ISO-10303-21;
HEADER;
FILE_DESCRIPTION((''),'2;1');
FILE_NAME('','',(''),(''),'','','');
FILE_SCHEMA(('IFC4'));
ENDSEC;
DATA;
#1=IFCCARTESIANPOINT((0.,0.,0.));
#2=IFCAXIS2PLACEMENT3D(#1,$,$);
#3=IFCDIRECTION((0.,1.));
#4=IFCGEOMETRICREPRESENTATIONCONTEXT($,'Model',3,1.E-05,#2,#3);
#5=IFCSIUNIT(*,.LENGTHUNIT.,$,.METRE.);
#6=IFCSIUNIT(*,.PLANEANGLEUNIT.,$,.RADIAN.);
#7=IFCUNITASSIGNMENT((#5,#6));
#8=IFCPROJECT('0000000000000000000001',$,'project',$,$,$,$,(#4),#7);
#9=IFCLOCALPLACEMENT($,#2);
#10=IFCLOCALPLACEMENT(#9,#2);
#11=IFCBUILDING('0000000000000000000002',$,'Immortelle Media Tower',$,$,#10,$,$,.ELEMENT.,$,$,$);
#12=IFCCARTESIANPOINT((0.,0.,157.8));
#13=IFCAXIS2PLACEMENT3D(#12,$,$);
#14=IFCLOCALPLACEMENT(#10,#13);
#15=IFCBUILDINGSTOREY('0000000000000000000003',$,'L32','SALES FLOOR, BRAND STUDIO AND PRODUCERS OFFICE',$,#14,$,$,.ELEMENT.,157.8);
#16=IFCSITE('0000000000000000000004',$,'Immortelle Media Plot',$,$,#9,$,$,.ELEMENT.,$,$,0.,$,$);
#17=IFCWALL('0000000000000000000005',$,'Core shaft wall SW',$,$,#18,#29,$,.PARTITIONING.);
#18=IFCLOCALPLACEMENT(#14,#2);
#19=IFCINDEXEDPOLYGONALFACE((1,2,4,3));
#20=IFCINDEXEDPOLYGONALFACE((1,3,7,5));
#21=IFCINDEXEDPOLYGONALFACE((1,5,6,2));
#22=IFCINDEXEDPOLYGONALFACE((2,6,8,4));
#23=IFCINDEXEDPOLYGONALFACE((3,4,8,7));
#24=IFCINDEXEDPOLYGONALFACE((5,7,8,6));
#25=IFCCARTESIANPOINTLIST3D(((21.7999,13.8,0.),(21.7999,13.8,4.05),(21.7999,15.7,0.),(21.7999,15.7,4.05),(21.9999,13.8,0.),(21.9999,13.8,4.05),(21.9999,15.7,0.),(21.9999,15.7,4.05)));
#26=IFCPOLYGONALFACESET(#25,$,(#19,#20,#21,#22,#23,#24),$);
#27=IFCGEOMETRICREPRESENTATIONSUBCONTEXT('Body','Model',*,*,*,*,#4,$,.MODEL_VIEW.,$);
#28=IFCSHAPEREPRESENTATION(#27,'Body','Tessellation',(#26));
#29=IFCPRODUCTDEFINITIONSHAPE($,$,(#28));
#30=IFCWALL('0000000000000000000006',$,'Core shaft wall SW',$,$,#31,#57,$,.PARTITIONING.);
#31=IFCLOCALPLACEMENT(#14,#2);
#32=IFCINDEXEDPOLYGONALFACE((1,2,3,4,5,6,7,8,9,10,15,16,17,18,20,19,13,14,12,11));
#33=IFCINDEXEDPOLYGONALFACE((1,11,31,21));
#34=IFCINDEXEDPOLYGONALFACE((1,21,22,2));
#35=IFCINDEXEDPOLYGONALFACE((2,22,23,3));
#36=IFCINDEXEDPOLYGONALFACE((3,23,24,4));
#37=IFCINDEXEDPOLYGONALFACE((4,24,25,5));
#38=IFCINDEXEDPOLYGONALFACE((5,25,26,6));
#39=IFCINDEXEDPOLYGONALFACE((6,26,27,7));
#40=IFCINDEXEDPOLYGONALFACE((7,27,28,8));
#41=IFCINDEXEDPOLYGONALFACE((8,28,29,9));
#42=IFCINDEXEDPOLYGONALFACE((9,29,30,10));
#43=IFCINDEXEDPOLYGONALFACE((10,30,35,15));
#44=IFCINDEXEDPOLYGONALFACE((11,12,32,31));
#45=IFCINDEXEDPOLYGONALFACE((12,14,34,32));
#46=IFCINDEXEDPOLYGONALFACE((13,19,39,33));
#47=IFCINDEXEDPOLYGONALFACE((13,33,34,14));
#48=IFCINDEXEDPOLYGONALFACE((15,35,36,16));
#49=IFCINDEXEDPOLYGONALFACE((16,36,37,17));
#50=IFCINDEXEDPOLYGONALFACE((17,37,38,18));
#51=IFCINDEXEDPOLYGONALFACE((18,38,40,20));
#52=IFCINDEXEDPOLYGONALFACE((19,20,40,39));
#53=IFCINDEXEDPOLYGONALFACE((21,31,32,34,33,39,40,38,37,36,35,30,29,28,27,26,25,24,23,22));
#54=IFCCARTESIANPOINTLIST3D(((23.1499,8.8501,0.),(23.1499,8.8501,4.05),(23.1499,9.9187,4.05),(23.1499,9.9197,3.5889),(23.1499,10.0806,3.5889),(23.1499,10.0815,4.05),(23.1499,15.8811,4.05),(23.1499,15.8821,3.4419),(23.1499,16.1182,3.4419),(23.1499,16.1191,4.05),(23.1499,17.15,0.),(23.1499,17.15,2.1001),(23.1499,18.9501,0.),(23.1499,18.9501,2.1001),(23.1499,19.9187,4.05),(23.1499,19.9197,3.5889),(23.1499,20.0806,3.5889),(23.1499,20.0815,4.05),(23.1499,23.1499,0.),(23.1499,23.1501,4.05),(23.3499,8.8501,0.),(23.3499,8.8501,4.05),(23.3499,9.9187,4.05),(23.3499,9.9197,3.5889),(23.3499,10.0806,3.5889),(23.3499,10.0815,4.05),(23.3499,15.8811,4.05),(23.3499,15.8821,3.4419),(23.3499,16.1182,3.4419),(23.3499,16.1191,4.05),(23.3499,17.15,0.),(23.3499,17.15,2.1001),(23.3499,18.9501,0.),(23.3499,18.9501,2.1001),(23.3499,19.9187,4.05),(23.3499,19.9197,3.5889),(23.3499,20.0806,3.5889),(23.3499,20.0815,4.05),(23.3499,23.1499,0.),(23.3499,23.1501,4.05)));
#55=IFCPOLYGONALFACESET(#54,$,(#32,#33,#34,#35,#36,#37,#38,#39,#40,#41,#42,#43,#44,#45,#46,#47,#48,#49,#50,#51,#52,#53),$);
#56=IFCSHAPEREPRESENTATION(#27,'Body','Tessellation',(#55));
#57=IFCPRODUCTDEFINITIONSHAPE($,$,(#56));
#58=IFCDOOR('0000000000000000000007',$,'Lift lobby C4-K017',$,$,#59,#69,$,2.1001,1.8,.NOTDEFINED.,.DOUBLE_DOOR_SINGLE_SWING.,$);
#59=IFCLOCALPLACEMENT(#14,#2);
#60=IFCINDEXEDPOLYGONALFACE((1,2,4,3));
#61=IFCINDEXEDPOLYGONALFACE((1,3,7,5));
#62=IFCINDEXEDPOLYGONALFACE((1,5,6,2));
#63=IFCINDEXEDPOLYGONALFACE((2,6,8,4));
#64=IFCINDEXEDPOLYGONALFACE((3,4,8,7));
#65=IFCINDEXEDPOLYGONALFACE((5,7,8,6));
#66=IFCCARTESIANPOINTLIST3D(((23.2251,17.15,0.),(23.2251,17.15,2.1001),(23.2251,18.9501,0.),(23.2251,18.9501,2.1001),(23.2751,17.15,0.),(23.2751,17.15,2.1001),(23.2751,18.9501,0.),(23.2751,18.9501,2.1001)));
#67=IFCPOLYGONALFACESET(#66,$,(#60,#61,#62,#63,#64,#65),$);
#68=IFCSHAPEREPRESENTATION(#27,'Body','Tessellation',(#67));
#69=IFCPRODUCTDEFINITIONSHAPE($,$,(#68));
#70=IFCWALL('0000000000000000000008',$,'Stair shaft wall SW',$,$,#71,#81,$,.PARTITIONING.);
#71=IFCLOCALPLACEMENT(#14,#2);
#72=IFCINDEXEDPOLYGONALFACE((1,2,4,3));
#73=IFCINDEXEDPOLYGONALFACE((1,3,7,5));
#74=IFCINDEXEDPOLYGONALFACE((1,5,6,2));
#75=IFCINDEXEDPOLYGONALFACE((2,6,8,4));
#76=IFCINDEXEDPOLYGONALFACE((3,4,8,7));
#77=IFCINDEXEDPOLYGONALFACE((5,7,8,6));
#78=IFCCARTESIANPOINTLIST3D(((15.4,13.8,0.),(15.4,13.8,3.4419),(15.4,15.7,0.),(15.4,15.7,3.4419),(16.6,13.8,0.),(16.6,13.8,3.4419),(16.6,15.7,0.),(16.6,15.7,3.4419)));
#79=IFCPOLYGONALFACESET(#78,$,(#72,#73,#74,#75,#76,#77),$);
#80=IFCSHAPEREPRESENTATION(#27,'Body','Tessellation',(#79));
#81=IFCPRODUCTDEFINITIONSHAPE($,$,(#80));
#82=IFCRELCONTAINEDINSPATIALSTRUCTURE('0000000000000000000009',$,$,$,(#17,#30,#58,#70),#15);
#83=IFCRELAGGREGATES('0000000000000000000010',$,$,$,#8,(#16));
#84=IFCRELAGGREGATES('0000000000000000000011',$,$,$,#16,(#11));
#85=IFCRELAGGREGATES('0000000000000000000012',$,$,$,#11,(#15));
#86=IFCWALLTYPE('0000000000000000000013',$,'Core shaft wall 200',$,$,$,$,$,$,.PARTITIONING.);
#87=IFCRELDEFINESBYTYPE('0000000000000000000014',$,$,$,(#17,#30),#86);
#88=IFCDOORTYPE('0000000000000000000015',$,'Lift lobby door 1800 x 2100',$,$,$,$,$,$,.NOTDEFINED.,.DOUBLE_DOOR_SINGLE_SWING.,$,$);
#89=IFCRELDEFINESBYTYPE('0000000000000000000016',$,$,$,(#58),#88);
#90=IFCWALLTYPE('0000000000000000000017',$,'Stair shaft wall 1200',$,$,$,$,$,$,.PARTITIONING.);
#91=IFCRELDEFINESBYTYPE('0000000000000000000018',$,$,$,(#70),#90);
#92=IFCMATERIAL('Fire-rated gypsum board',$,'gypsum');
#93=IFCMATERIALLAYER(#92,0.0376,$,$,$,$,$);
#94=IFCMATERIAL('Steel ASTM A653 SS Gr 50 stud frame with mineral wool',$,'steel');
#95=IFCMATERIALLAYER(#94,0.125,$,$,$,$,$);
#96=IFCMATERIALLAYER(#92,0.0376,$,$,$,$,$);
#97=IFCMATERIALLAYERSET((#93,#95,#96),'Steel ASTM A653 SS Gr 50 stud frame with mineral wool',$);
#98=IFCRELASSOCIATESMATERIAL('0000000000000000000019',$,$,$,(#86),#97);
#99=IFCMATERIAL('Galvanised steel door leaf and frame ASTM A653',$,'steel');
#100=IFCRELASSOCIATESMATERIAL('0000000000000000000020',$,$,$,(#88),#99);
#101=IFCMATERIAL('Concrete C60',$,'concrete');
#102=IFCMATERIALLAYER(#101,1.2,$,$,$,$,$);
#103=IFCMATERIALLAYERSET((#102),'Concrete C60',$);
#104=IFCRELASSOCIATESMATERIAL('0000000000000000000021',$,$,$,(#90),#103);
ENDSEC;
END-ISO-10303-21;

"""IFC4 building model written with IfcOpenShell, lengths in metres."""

from ifc_helpers import new_model, si_unit, direction, frame, frame_2d, origin, place, context, subcontext, project, spatial, polyline, rectangle, outline, extrude, material, layer, layer_set, type_object, element, fill, save


model = new_model("IFC4")

# Units and contexts
model_context = context("Model", 3, precision=1e-05, world=origin(), true_north=direction((0.0, 1.0)))
body_context = subcontext(model_context, "Body", "Model", "MODEL_VIEW")
ifc_project = project(units=[si_unit("LENGTHUNIT", "METRE"), si_unit("PLANEANGLEUNIT", "RADIAN")], contexts=[model_context])

# Site, building, storey
site_placement = place(None, origin())
site = spatial("IfcSite", under=ifc_project, at=site_placement, Name="Immortelle Media Plot", CompositionType="ELEMENT", RefElevation=0.0)
building_placement = place(site_placement, origin())
building = spatial("IfcBuilding", under=site, at=building_placement, Name="Immortelle Media Tower", CompositionType="ELEMENT")
storey_placement = place(building_placement, frame((0.0, 0.0, 157.8)))
storey = spatial("IfcBuildingStorey", under=building, at=storey_placement, Name="L32", Description="SALES FLOOR, BRAND STUDIO AND PRODUCERS OFFICE", CompositionType="ELEMENT", Elevation=157.8)

# Shared definitions
ifc_material_1 = material(Name="Galvanised steel door leaf and frame ASTM A653", Category="steel")

# Wall
ifc_material_2 = material(Name="Fire-rated gypsum board", Category="gypsum")
ifc_layer_1 = layer(ifc_material_2, 0.0376)
ifc_material_3 = material(Name="Steel ASTM A653 SS Gr 50 stud frame with mineral wool", Category="steel")
ifc_layer_2 = layer(ifc_material_3, 0.125)
ifc_layer_3 = layer(ifc_material_2, 0.0376)
ifc_layer_set_1 = layer_set([ifc_layer_1, ifc_layer_2, ifc_layer_3], Name="Steel ASTM A653 SS Gr 50 stud frame with mineral wool")
wall_type_1 = type_object("IfcWallType", Name="Core shaft wall 200", PredefinedType="PARTITIONING", material=ifc_layer_set_1)
wall_1_placement = place(storey_placement, frame((21.8999, 13.8, 0.0), z_axis=(0.0, 0.0, 1.0), x_axis=(0.0, 1.0, 0.0)))
element("IfcWall", 1, at=wall_1_placement, inside=storey, type_object=wall_type_1, Name="Core shaft wall SW", PredefinedType="PARTITIONING", context=body_context, shape_type="SweptSolid", body=[
    extrude(rectangle(XDim=1.8999, YDim=0.2, at=frame_2d((0.95, 0.0))), origin(), (0.0, 0.0, 1.0), 4.05),
])

# Wall, opening, door
wall_2_placement = place(storey_placement, frame((23.25, 8.8501, 0.0), z_axis=(0.0, 0.0, 1.0), x_axis=(0.0, 1.0, 0.0)))
wall_2 = element("IfcWall", 2, at=wall_2_placement, inside=storey, type_object=wall_type_1, Name="Core shaft wall SW", PredefinedType="PARTITIONING", context=body_context, shape_type="SweptSolid", body=[
    extrude(outline(polyline([(0.0, 0.0), (14.2998, 0.0), (14.3, 4.05), (11.2314, 4.05), (11.2305, 3.5889), (11.0696, 3.5889), (11.0686, 4.05), (7.269, 4.05), (7.2681, 3.4419), (7.032, 3.4419), (7.031, 4.05), (1.2314, 4.05), (1.2305, 3.5889), (1.0696, 3.5889), (1.0686, 4.05), (0.0, 4.05), (0.0, 0.0)])), frame((0.0, 0.1001, 0.0), z_axis=(0.0, -1.0, 0.0), x_axis=(1.0, 0.0, 0.0)), (0.0, 0.0, 1.0), 0.2),
])
opening_1_placement = place(wall_2_placement, frame((8.3, 0.0, 0.0)))
opening_1 = element("IfcOpeningElement", 3, at=opening_1_placement, cuts=wall_2, PredefinedType="OPENING", context=body_context, shape_type="SweptSolid", body=[
    extrude(rectangle(XDim=1.8, YDim=2.1001, at=frame_2d((0.8999, 1.05))), frame((0.0, 0.1099, 0.0), z_axis=(0.0, -1.0, 0.0), x_axis=(1.0, 0.0, 0.0)), (0.0, 0.0, 1.0), 0.22),
])
door_type_1 = type_object("IfcDoorType", Name="Lift lobby door 1800 x 2100", OperationType="DOUBLE_DOOR_SINGLE_SWING", PredefinedType="NOTDEFINED", material=ifc_material_1)
door_1_placement = place(opening_1_placement, origin())
door_1 = element("IfcDoor", 4, at=door_1_placement, inside=storey, type_object=door_type_1, Name="Lift lobby C4-K017", OperationType="DOUBLE_DOOR_SINGLE_SWING", OverallHeight=2.1001, OverallWidth=1.8, PredefinedType="NOTDEFINED", context=body_context, shape_type="SweptSolid", body=[
    extrude(rectangle(XDim=1.8, YDim=2.1001, at=frame_2d((0.8999, 1.05))), frame((0.0, 0.0249, 0.0), z_axis=(0.0, -1.0, 0.0), x_axis=(1.0, 0.0, 0.0)), (0.0, 0.0, 1.0), 0.05),
])
fill(opening_1, door_1)

# Wall
ifc_material_4 = material(Name="Concrete C60", Category="concrete")
ifc_layer_4 = layer(ifc_material_4, 1.2)
ifc_layer_set_2 = layer_set([ifc_layer_4], Name="Concrete C60")
wall_type_2 = type_object("IfcWallType", Name="Stair shaft wall 1200", PredefinedType="PARTITIONING", material=ifc_layer_set_2)
wall_3_placement = place(storey_placement, frame((16.0, 13.8, 0.0), z_axis=(0.0, 0.0, 1.0), x_axis=(0.0, 1.0, 0.0)))
element("IfcWall", 5, at=wall_3_placement, inside=storey, type_object=wall_type_2, Name="Stair shaft wall SW", PredefinedType="PARTITIONING", context=body_context, shape_type="SweptSolid", body=[
    extrude(rectangle(XDim=1.8999, YDim=1.2, at=frame_2d((0.95, 0.0))), origin(), (0.0, 0.0, 1.0), 3.4419),
])

save(model, "model.ifc")
